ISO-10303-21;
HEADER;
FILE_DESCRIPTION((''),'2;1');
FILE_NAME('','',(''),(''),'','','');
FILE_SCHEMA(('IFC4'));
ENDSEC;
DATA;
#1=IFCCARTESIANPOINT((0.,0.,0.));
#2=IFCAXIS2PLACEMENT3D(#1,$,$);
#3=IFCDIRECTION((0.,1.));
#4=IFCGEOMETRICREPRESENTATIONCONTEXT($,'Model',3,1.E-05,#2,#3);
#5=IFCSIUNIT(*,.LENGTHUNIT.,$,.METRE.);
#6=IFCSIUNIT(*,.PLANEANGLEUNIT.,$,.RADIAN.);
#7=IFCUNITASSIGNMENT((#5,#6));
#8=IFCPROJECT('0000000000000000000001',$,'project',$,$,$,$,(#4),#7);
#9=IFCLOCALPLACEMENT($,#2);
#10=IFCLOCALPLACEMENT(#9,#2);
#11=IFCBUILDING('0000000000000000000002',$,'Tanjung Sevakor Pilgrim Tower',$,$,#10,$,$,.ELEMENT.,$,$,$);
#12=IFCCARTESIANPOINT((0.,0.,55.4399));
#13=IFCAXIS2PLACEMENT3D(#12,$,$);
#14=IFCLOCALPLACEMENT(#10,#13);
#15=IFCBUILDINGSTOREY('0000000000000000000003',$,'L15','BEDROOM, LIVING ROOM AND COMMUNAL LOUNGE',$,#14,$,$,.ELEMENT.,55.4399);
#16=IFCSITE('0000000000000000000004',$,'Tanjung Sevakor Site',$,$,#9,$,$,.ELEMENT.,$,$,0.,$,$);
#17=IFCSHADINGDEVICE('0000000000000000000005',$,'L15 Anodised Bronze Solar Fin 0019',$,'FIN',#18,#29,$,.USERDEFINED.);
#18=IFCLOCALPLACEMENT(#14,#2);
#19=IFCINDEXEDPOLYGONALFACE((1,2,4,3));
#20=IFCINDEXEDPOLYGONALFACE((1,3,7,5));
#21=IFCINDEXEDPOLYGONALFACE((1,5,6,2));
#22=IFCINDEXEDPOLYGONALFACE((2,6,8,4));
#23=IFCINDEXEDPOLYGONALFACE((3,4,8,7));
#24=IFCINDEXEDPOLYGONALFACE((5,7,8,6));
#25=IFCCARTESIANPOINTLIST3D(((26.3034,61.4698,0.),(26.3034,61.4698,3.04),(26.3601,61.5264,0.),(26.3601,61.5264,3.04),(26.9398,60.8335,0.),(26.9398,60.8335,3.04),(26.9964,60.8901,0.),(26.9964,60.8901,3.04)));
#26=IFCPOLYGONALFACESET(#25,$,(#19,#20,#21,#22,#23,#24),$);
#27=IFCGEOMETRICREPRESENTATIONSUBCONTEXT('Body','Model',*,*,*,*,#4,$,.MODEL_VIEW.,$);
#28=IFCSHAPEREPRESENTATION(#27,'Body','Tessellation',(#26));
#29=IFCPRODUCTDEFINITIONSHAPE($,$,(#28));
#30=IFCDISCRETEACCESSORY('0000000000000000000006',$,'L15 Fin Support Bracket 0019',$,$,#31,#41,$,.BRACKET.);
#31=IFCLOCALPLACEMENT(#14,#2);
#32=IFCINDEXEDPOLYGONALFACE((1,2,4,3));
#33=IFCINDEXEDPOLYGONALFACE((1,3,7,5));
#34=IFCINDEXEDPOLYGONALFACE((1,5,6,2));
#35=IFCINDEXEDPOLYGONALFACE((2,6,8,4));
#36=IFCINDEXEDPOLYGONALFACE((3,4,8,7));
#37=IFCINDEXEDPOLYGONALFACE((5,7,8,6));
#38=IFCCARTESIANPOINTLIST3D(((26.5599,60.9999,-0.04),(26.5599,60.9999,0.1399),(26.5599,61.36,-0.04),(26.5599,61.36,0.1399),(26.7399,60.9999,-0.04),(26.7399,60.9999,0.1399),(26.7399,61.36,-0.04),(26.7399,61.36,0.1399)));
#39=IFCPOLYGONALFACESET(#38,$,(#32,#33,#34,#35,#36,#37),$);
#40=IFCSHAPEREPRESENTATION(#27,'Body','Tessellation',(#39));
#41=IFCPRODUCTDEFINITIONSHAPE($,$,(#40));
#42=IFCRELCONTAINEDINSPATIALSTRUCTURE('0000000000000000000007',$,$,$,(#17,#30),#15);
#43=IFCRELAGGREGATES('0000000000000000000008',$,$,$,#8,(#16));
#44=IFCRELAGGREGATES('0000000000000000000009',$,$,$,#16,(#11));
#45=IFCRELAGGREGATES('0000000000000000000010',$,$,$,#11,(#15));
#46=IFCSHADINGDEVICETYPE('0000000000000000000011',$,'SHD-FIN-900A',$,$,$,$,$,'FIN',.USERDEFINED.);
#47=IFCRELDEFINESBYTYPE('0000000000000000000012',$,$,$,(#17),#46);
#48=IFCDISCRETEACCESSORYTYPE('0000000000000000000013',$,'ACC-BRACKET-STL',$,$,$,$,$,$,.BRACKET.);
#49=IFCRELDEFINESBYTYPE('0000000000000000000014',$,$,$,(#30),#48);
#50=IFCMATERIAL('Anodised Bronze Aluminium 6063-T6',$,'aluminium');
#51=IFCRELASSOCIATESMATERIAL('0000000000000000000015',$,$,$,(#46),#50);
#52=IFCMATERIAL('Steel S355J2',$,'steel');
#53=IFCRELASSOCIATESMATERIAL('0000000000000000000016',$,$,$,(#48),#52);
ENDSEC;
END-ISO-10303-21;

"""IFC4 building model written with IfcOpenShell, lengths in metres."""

from ifc_helpers import new_model, si_unit, direction, frame, origin, origin_2d, place, context, subcontext, project, spatial, rectangle, extrude, material, type_object, element, save


model = new_model("IFC4")

# Units and contexts
model_context = context("Model", 3, precision=1e-05, world=origin(), true_north=direction((0.0, 1.0)))
body_context = subcontext(model_context, "Body", "Model", "MODEL_VIEW")
ifc_project = project(units=[si_unit("LENGTHUNIT", "METRE"), si_unit("PLANEANGLEUNIT", "RADIAN")], contexts=[model_context])

# Site, building, storey
site_placement = place(None, origin())
site = spatial("IfcSite", under=ifc_project, at=site_placement, Name="Tanjung Sevakor Site", CompositionType="ELEMENT", RefElevation=0.0)
building_placement = place(site_placement, origin())
building = spatial("IfcBuilding", under=site, at=building_placement, Name="Tanjung Sevakor Pilgrim Tower", CompositionType="ELEMENT")
storey_placement = place(building_placement, frame((0.0, 0.0, 55.4399)))
storey = spatial("IfcBuildingStorey", under=building, at=storey_placement, Name="L15", Description="BEDROOM, LIVING ROOM AND COMMUNAL LOUNGE", CompositionType="ELEMENT", Elevation=55.4399)

# Shading device
ifc_material_1 = material(Name="Anodised Bronze Aluminium 6063-T6", Category="aluminium")
shading_device_type = type_object("IfcShadingDeviceType", Name="SHD-FIN-900A", ElementType="FIN", PredefinedType="USERDEFINED", material=ifc_material_1)
shading_device_placement = place(storey_placement, frame((26.6499, 61.1799, 0.0), z_axis=(0.0, 0.0, 1.0), x_axis=(0.707107, 0.707107, 0.0)))
element("IfcShadingDevice", 1, at=shading_device_placement, inside=storey, type_object=shading_device_type, Name="L15 Anodised Bronze Solar Fin 0019", ObjectType="FIN", PredefinedType="USERDEFINED", context=body_context, shape_type="SweptSolid", body=[
    extrude(rectangle(XDim=0.0801, YDim=0.8999, at=origin_2d()), origin(), (0.0, 0.0, 1.0), 3.04),
])

# Discrete accessory
ifc_material_2 = material(Name="Steel S355J2", Category="steel")
discrete_accessory_type = type_object("IfcDiscreteAccessoryType", Name="ACC-BRACKET-STL", PredefinedType="BRACKET", material=ifc_material_2)
discrete_accessory_placement = place(storey_placement, frame((26.6499, 61.1799, -0.04), z_axis=(0.0, 0.0, 1.0), x_axis=(1.0, 0.0, 0.0)))
element("IfcDiscreteAccessory", 2, at=discrete_accessory_placement, inside=storey, type_object=discrete_accessory_type, Name="L15 Fin Support Bracket 0019", PredefinedType="BRACKET", context=body_context, shape_type="SweptSolid", body=[
    extrude(rectangle(XDim=0.1799, YDim=0.3601, at=origin_2d()), origin(), (0.0, 0.0, 1.0), 0.1799),
])

save(model, "model.ifc")
